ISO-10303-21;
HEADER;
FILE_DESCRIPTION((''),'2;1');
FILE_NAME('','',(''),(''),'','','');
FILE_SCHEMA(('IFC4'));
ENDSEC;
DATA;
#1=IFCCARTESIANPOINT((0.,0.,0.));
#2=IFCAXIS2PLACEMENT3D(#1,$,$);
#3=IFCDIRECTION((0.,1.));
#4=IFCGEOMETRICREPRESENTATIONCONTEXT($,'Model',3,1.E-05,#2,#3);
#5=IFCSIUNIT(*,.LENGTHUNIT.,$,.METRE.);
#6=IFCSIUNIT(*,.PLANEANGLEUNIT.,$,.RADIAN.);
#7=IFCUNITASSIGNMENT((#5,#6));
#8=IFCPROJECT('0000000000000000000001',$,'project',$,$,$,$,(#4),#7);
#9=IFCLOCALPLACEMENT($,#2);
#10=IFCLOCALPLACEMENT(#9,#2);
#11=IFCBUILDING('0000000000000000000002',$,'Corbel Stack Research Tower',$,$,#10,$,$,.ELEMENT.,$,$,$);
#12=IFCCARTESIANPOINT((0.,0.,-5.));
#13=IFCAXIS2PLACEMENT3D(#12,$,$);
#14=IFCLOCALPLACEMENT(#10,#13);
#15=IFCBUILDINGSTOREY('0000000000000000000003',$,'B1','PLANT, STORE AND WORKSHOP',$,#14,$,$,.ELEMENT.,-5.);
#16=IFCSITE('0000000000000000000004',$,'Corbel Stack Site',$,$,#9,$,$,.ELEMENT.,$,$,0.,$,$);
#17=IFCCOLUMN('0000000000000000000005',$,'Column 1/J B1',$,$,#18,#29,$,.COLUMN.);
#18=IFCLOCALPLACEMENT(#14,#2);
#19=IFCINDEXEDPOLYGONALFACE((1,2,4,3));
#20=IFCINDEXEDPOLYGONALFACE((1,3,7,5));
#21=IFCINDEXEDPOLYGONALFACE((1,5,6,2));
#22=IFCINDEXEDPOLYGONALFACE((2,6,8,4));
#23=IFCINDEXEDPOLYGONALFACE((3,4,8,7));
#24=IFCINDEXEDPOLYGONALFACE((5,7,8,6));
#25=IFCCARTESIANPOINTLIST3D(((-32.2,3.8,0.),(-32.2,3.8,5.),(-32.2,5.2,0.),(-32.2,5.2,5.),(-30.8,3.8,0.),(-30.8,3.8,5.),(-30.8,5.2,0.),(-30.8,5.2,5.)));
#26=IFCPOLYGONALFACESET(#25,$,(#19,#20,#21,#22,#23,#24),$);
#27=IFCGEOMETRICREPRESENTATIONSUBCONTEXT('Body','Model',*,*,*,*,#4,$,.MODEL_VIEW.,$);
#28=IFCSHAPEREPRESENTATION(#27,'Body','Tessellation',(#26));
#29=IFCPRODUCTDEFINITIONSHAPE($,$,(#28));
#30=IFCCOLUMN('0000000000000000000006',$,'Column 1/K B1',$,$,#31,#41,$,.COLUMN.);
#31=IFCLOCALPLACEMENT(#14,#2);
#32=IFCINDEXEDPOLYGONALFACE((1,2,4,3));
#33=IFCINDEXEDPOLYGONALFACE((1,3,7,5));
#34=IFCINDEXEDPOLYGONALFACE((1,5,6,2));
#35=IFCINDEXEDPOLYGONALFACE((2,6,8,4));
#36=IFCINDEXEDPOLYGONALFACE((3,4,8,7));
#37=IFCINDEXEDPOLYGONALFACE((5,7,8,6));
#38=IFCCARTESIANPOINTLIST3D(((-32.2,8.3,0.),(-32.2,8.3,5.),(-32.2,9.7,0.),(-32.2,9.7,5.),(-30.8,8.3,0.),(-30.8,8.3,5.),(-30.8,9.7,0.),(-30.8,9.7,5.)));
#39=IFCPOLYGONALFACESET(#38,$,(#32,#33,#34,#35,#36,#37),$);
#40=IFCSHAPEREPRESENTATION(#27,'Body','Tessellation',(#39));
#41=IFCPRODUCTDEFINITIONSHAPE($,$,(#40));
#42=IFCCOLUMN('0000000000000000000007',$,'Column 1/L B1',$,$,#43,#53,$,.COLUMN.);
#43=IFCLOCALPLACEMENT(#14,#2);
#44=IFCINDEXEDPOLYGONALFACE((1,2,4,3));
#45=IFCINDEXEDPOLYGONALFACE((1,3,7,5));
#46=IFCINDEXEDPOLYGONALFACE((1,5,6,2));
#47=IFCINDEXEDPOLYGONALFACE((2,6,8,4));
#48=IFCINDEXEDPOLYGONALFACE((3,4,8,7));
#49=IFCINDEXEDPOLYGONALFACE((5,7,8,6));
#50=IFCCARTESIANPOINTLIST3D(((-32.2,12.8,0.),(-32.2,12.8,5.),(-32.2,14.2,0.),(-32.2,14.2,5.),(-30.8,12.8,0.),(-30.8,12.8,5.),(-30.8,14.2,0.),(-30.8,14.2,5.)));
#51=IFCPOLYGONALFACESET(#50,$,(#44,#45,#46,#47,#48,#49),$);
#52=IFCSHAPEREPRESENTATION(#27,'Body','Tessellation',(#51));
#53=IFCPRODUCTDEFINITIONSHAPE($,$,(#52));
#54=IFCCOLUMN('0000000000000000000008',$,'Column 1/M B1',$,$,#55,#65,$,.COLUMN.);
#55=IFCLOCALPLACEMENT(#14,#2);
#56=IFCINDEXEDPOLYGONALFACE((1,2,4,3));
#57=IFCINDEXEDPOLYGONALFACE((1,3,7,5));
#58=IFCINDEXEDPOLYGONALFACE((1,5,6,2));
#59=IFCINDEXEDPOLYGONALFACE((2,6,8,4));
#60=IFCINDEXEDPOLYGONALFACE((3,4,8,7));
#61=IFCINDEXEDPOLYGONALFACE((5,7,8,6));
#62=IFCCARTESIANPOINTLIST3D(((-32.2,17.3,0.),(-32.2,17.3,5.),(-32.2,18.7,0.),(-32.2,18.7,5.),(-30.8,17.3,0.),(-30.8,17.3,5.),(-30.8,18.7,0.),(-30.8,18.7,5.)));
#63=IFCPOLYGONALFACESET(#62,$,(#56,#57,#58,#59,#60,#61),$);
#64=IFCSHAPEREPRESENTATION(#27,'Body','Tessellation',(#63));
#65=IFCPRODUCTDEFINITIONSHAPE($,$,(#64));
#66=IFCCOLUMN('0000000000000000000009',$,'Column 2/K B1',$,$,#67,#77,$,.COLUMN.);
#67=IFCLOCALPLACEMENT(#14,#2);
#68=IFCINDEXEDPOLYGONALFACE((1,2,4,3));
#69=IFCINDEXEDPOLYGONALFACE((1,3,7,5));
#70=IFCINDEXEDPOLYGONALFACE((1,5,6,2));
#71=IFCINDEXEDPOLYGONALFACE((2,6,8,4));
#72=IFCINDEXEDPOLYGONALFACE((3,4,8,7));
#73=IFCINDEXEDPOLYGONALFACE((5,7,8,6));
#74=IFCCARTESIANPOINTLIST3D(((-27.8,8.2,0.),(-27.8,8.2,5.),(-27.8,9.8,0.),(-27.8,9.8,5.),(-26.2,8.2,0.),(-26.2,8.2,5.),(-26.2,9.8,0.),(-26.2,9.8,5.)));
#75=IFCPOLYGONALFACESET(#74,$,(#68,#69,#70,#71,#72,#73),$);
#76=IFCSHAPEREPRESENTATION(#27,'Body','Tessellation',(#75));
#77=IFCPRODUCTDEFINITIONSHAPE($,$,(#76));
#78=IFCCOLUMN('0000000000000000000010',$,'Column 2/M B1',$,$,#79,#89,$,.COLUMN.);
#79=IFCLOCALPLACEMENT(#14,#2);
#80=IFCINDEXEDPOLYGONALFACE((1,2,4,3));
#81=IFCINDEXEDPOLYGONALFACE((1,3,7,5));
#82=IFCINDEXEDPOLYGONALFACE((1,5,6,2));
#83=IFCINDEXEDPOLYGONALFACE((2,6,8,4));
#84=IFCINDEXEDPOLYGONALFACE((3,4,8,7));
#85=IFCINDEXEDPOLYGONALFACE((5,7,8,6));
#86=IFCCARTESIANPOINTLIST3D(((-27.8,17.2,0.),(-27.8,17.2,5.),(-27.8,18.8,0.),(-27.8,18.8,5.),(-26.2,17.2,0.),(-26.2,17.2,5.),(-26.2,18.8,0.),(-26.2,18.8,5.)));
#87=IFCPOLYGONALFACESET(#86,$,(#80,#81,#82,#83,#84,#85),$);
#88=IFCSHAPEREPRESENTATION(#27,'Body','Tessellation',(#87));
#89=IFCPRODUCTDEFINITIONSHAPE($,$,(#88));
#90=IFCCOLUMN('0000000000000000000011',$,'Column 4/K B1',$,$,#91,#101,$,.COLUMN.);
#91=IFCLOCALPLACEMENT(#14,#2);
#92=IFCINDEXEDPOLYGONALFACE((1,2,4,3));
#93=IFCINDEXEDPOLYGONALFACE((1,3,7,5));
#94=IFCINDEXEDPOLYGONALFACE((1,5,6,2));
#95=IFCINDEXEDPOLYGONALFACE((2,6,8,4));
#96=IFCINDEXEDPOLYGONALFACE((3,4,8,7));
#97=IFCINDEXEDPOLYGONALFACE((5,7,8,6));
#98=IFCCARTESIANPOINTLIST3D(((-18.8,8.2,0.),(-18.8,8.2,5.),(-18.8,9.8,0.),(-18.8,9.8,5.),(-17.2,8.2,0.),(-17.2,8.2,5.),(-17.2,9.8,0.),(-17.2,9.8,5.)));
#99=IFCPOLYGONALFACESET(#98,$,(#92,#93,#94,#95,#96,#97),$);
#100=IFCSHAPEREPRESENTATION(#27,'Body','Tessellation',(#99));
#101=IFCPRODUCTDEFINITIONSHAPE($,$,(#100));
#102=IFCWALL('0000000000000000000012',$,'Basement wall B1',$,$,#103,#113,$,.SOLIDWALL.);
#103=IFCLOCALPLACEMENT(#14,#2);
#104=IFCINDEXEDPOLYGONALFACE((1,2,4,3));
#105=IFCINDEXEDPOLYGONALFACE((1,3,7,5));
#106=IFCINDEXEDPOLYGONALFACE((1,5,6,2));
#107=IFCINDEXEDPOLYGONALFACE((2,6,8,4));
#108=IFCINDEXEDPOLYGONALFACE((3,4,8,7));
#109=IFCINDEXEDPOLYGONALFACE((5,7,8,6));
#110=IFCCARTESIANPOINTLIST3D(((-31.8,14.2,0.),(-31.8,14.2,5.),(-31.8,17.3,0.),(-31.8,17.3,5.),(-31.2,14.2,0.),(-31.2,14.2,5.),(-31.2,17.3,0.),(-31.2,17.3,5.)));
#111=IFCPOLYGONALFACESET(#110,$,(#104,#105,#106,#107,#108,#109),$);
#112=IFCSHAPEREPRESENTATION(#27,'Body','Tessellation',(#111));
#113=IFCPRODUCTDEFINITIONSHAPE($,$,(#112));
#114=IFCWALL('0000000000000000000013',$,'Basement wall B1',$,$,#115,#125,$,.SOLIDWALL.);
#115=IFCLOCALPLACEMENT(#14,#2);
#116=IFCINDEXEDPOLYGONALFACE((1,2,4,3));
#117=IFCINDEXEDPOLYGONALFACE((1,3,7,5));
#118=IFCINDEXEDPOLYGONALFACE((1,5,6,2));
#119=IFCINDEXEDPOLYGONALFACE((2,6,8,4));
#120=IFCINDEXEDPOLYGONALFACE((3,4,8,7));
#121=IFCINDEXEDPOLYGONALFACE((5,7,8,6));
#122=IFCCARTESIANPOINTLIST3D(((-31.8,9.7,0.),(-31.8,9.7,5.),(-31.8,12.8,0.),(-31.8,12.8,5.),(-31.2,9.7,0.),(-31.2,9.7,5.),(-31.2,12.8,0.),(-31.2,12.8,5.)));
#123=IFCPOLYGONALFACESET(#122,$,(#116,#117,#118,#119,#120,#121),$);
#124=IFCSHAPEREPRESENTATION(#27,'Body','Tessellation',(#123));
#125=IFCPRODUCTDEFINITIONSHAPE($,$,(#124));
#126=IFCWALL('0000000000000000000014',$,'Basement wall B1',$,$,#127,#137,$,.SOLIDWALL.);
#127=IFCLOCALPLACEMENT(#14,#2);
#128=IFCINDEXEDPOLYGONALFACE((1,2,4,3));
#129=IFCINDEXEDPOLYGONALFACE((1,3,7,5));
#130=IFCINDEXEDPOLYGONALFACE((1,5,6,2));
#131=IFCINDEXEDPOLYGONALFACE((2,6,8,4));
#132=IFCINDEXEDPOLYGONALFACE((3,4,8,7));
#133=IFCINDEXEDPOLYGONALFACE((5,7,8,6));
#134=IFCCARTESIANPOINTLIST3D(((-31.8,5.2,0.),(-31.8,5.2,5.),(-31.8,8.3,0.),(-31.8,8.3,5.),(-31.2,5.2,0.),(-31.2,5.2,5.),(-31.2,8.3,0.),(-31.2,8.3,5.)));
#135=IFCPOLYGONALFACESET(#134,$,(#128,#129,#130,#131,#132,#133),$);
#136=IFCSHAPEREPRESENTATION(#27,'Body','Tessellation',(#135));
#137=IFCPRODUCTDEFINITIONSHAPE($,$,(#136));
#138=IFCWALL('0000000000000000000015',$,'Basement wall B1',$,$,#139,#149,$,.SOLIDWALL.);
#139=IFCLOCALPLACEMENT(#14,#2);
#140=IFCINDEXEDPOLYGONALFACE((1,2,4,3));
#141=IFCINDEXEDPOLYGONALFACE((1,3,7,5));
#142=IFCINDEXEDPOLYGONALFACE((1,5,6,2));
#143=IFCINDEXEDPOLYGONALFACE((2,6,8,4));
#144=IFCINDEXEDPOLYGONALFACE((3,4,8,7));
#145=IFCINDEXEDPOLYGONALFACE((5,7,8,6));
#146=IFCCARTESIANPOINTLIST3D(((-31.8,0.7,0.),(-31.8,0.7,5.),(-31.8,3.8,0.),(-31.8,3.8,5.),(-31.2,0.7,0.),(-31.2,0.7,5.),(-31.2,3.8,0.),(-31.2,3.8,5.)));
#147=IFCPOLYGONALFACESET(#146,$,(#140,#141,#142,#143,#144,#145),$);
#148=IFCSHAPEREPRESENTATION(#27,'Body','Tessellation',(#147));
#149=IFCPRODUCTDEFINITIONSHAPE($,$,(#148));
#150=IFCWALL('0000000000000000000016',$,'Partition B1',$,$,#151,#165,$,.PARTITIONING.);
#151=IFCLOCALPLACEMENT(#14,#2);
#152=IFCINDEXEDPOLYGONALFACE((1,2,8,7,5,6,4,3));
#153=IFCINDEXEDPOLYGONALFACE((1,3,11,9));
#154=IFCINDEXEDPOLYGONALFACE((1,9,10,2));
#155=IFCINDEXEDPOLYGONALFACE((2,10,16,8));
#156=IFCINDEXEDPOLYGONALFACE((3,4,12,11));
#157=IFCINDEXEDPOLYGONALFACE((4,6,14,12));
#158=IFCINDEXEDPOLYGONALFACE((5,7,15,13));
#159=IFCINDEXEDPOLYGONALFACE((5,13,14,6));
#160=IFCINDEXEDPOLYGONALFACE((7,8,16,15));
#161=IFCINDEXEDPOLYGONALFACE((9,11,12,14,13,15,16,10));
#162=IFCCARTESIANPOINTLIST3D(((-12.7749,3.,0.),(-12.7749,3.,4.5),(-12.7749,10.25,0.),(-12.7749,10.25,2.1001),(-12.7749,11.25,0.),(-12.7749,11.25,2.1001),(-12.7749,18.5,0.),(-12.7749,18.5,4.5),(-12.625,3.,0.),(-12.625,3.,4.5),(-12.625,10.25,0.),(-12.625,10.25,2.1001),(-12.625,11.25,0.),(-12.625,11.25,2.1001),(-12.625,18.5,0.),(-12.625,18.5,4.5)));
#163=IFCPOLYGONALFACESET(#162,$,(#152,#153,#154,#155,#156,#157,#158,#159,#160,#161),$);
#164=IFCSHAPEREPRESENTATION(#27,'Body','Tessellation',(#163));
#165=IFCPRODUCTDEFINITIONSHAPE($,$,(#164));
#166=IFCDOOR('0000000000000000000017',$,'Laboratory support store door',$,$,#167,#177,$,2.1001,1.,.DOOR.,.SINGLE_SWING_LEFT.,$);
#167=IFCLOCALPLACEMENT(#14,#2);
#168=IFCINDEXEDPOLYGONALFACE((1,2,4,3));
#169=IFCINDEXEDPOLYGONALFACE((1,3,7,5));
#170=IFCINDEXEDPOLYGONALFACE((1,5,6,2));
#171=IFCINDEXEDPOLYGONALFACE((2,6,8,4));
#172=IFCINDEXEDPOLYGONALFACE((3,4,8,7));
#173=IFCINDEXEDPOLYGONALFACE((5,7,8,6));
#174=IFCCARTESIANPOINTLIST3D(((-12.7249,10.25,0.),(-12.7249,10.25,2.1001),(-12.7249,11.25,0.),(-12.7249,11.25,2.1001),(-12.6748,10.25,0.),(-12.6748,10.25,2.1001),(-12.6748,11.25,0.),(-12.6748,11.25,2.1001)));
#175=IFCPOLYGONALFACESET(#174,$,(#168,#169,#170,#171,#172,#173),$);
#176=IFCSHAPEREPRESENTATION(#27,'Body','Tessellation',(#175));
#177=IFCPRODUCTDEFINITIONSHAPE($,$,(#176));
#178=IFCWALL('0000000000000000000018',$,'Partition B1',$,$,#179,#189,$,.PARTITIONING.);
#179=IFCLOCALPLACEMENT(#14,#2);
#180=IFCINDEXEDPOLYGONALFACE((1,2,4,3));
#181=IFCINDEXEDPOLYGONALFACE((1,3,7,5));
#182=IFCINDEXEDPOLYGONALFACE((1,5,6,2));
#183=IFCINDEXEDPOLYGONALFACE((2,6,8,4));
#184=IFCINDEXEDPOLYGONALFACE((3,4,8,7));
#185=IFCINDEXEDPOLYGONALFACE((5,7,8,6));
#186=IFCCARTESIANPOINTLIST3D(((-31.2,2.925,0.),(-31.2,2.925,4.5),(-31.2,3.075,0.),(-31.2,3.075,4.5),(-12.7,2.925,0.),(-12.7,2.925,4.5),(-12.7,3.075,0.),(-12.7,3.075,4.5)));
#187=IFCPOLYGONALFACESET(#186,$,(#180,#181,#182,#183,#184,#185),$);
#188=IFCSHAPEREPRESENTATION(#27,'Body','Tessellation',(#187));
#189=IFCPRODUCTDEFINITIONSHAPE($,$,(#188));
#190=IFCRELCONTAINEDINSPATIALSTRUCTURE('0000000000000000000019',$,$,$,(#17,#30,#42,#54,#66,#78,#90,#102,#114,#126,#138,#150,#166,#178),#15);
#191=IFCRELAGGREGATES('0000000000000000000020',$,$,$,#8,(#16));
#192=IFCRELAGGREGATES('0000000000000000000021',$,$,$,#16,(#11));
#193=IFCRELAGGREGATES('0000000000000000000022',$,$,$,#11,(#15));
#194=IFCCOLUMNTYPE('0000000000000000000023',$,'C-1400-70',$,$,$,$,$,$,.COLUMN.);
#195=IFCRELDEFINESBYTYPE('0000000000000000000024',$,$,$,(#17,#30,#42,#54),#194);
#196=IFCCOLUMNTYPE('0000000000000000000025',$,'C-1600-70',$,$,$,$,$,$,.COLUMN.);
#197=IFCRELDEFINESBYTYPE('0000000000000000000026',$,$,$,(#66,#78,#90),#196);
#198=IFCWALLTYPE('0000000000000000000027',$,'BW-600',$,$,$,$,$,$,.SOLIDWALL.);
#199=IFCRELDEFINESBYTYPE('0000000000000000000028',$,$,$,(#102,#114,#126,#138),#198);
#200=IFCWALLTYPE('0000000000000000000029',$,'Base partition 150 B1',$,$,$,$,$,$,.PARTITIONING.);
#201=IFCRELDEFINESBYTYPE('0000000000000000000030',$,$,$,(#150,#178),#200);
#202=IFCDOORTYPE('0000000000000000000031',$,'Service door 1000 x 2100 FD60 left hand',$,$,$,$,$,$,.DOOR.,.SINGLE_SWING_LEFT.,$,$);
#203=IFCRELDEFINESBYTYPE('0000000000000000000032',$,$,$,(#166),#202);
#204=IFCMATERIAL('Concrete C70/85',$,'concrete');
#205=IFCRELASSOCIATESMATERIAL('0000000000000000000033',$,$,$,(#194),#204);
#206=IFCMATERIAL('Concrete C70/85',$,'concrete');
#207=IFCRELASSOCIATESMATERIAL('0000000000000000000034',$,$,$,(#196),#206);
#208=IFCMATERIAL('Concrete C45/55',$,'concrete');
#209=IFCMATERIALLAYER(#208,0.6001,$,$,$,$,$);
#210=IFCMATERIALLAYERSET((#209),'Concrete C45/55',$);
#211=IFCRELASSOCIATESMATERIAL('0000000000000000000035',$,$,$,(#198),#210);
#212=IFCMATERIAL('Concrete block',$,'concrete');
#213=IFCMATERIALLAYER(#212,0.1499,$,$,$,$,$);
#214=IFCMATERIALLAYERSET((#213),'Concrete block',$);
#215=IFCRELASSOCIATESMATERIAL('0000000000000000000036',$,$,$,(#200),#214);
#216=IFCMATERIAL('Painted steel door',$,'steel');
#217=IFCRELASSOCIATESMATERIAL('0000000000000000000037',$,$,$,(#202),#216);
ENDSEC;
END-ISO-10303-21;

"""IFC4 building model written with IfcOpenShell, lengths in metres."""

from ifc_helpers import new_model, si_unit, direction, frame, frame_2d, origin, origin_2d, place, context, subcontext, project, spatial, rectangle, extrude, material, layer, layer_set, material_profile, profile_set, type_object, element, fill, save


model = new_model("IFC4")

# Units and contexts
model_context = context("Model", 3, precision=1e-05, world=origin(), true_north=direction((0.0, 1.0)))
body_context = subcontext(model_context, "Body", "Model", "MODEL_VIEW")
ifc_project = project(units=[si_unit("LENGTHUNIT", "METRE"), si_unit("PLANEANGLEUNIT", "RADIAN")], contexts=[model_context])

# Site, building, storey
site_placement = place(None, origin())
site = spatial("IfcSite", under=ifc_project, at=site_placement, Name="Corbel Stack Site", CompositionType="ELEMENT", RefElevation=0.0)
building_placement = place(site_placement, origin())
building = spatial("IfcBuilding", under=site, at=building_placement, Name="Corbel Stack Research Tower", CompositionType="ELEMENT")
storey_placement = place(building_placement, frame((0.0, 0.0, -5.0)))
storey = spatial("IfcBuildingStorey", under=building, at=storey_placement, Name="B1", Description="PLANT, STORE AND WORKSHOP", CompositionType="ELEMENT", Elevation=-5.0)

# Columns
ifc_material_1 = material(Name="Concrete C70/85", Category="concrete")
ifc_material_profile_1 = material_profile(ifc_material_1, rectangle(XDim=1.3999, YDim=1.3999, at=origin_2d()), Name="RC 1400 x 1400")
ifc_profile_set_1 = profile_set([ifc_material_profile_1], Name="Concrete C70/85")
column_type_1 = type_object("IfcColumnType", Name="C-1400-70", PredefinedType="COLUMN", material=ifc_profile_set_1)
for number, where, z_axis, x_axis, name in (
    (1, (-31.5, 4.5, 0.0), (0.0, 0.0, 1.0), (1.0, 0.0, 0.0), "Column 1/J B1"),
    (2, (-31.5, 9.0, 0.0), (0.0, 0.0, 1.0), (1.0, 0.0, 0.0), "Column 1/K B1"),
    (3, (-31.5, 13.5, 0.0), (0.0, 0.0, 1.0), (1.0, 0.0, 0.0), "Column 1/L B1"),
    (4, (-31.5, 18.0, 0.0), (0.0, 0.0, 1.0), (1.0, 0.0, 0.0), "Column 1/M B1"),
):
    element("IfcColumn", number, at=place(storey_placement, frame(where, z_axis=z_axis, x_axis=x_axis)), inside=storey, type_object=column_type_1, Name=name, PredefinedType="COLUMN", context=body_context, shape_type="SweptSolid", body=[
        extrude(rectangle(XDim=1.3999, YDim=1.3999, at=origin_2d()), origin(), (0.0, 0.0, 1.0), 5.0),
    ])
ifc_material_2 = material(Name="Concrete C70/85", Category="concrete")
ifc_material_profile_2 = material_profile(ifc_material_2, rectangle(XDim=1.6001, YDim=1.6001, at=origin_2d()), Name="RC 1600 x 1600")
ifc_profile_set_2 = profile_set([ifc_material_profile_2], Name="Concrete C70/85")
column_type_2 = type_object("IfcColumnType", Name="C-1600-70", PredefinedType="COLUMN", material=ifc_profile_set_2)
for number, where, z_axis, x_axis, name in (
    (5, (-27.0, 9.0, 0.0), (0.0, 0.0, 1.0), (1.0, 0.0, 0.0), "Column 2/K B1"),
    (6, (-27.0, 18.0, 0.0), (0.0, 0.0, 1.0), (1.0, 0.0, 0.0), "Column 2/M B1"),
    (7, (-18.0, 9.0, 0.0), (0.0, 0.0, 1.0), (1.0, 0.0, 0.0), "Column 4/K B1"),
):
    element("IfcColumn", number, at=place(storey_placement, frame(where, z_axis=z_axis, x_axis=x_axis)), inside=storey, type_object=column_type_2, Name=name, PredefinedType="COLUMN", context=body_context, shape_type="SweptSolid", body=[
        extrude(rectangle(XDim=1.6001, YDim=1.6001, at=origin_2d()), origin(), (0.0, 0.0, 1.0), 5.0),
    ])

# Walls
ifc_material_3 = material(Name="Concrete C45/55", Category="concrete")
ifc_layer_1 = layer(ifc_material_3, 0.6001)
ifc_layer_set_1 = layer_set([ifc_layer_1], Name="Concrete C45/55")
wall_type_1 = type_object("IfcWallType", Name="BW-600", PredefinedType="SOLIDWALL", material=ifc_layer_set_1)
for number, where, z_axis, x_axis, name in (
    (8, (-31.5, 17.3, 0.0), (0.0, 0.0, 1.0), (0.0, -1.0, 0.0), "Basement wall B1"),
    (9, (-31.5, 12.8, 0.0), (0.0, 0.0, 1.0), (0.0, -1.0, 0.0), "Basement wall B1"),
    (10, (-31.5, 8.3, 0.0), (0.0, 0.0, 1.0), (0.0, -1.0, 0.0), "Basement wall B1"),
    (11, (-31.5, 3.8, 0.0), (0.0, 0.0, 1.0), (0.0, -1.0, 0.0), "Basement wall B1"),
):
    element("IfcWall", number, at=place(storey_placement, frame(where, z_axis=z_axis, x_axis=x_axis)), inside=storey, type_object=wall_type_1, Name=name, PredefinedType="SOLIDWALL", context=body_context, shape_type="SweptSolid", body=[
        extrude(rectangle(XDim=3.1001, YDim=0.6001, at=frame_2d((1.55, 0.0))), origin(), (0.0, 0.0, 1.0), 5.0),
    ])

# Wall, opening, door
ifc_material_4 = material(Name="Concrete block", Category="concrete")
ifc_layer_2 = layer(ifc_material_4, 0.1499)
ifc_layer_set_2 = layer_set([ifc_layer_2], Name="Concrete block")
wall_type_2 = type_object("IfcWallType", Name="Base partition 150 B1", PredefinedType="PARTITIONING", material=ifc_layer_set_2)
wall_1_placement = place(storey_placement, frame((-12.7, 3.0, 0.0), z_axis=(0.0, 0.0, 1.0), x_axis=(0.0, 1.0, 0.0)))
wall_1 = element("IfcWall", 12, at=wall_1_placement, inside=storey, type_object=wall_type_2, Name="Partition B1", PredefinedType="PARTITIONING", context=body_context, shape_type="SweptSolid", body=[
    extrude(rectangle(XDim=15.5, YDim=0.1499, at=frame_2d((7.75, 0.0))), origin(), (0.0, 0.0, 1.0), 4.5),
])
opening_1_placement = place(wall_1_placement, frame((7.25, 0.0, 0.0)))
opening_1 = element("IfcOpeningElement", 13, at=opening_1_placement, cuts=wall_1, PredefinedType="OPENING", context=body_context, shape_type="SweptSolid", body=[
    extrude(rectangle(XDim=1.0, YDim=2.1001, at=frame_2d((0.5, 1.05))), frame((0.0, 0.085, 0.0), z_axis=(0.0, -1.0, 0.0), x_axis=(1.0, 0.0, 0.0)), (0.0, 0.0, 1.0), 0.1699),
])
ifc_material_5 = material(Name="Painted steel door", Category="steel")
door_type_1 = type_object("IfcDoorType", Name="Service door 1000 x 2100 FD60 left hand", OperationType="SINGLE_SWING_LEFT", PredefinedType="DOOR", material=ifc_material_5)
door_1_placement = place(opening_1_placement, origin())
door_1 = element("IfcDoor", 14, at=door_1_placement, inside=storey, type_object=door_type_1, Name="Laboratory support store door", OperationType="SINGLE_SWING_LEFT", OverallHeight=2.1001, OverallWidth=1.0, PredefinedType="DOOR", context=body_context, shape_type="SweptSolid", body=[
    extrude(rectangle(XDim=1.0, YDim=2.1001, at=frame_2d((0.5, 1.05))), frame((0.0, 0.0249, 0.0), z_axis=(0.0, -1.0, 0.0), x_axis=(1.0, 0.0, 0.0)), (0.0, 0.0, 1.0), 0.05),
])
fill(opening_1, door_1)

# Wall
wall_2_placement = place(storey_placement, frame((-31.2, 3.0, 0.0), z_axis=(0.0, 0.0, 1.0), x_axis=(1.0, 0.0, 0.0)))
element("IfcWall", 15, at=wall_2_placement, inside=storey, type_object=wall_type_2, Name="Partition B1", PredefinedType="PARTITIONING", context=body_context, shape_type="SweptSolid", body=[
    extrude(rectangle(XDim=18.5, YDim=0.1499, at=frame_2d((9.25, 0.0))), origin(), (0.0, 0.0, 1.0), 4.5),
])

save(model, "model.ifc")
